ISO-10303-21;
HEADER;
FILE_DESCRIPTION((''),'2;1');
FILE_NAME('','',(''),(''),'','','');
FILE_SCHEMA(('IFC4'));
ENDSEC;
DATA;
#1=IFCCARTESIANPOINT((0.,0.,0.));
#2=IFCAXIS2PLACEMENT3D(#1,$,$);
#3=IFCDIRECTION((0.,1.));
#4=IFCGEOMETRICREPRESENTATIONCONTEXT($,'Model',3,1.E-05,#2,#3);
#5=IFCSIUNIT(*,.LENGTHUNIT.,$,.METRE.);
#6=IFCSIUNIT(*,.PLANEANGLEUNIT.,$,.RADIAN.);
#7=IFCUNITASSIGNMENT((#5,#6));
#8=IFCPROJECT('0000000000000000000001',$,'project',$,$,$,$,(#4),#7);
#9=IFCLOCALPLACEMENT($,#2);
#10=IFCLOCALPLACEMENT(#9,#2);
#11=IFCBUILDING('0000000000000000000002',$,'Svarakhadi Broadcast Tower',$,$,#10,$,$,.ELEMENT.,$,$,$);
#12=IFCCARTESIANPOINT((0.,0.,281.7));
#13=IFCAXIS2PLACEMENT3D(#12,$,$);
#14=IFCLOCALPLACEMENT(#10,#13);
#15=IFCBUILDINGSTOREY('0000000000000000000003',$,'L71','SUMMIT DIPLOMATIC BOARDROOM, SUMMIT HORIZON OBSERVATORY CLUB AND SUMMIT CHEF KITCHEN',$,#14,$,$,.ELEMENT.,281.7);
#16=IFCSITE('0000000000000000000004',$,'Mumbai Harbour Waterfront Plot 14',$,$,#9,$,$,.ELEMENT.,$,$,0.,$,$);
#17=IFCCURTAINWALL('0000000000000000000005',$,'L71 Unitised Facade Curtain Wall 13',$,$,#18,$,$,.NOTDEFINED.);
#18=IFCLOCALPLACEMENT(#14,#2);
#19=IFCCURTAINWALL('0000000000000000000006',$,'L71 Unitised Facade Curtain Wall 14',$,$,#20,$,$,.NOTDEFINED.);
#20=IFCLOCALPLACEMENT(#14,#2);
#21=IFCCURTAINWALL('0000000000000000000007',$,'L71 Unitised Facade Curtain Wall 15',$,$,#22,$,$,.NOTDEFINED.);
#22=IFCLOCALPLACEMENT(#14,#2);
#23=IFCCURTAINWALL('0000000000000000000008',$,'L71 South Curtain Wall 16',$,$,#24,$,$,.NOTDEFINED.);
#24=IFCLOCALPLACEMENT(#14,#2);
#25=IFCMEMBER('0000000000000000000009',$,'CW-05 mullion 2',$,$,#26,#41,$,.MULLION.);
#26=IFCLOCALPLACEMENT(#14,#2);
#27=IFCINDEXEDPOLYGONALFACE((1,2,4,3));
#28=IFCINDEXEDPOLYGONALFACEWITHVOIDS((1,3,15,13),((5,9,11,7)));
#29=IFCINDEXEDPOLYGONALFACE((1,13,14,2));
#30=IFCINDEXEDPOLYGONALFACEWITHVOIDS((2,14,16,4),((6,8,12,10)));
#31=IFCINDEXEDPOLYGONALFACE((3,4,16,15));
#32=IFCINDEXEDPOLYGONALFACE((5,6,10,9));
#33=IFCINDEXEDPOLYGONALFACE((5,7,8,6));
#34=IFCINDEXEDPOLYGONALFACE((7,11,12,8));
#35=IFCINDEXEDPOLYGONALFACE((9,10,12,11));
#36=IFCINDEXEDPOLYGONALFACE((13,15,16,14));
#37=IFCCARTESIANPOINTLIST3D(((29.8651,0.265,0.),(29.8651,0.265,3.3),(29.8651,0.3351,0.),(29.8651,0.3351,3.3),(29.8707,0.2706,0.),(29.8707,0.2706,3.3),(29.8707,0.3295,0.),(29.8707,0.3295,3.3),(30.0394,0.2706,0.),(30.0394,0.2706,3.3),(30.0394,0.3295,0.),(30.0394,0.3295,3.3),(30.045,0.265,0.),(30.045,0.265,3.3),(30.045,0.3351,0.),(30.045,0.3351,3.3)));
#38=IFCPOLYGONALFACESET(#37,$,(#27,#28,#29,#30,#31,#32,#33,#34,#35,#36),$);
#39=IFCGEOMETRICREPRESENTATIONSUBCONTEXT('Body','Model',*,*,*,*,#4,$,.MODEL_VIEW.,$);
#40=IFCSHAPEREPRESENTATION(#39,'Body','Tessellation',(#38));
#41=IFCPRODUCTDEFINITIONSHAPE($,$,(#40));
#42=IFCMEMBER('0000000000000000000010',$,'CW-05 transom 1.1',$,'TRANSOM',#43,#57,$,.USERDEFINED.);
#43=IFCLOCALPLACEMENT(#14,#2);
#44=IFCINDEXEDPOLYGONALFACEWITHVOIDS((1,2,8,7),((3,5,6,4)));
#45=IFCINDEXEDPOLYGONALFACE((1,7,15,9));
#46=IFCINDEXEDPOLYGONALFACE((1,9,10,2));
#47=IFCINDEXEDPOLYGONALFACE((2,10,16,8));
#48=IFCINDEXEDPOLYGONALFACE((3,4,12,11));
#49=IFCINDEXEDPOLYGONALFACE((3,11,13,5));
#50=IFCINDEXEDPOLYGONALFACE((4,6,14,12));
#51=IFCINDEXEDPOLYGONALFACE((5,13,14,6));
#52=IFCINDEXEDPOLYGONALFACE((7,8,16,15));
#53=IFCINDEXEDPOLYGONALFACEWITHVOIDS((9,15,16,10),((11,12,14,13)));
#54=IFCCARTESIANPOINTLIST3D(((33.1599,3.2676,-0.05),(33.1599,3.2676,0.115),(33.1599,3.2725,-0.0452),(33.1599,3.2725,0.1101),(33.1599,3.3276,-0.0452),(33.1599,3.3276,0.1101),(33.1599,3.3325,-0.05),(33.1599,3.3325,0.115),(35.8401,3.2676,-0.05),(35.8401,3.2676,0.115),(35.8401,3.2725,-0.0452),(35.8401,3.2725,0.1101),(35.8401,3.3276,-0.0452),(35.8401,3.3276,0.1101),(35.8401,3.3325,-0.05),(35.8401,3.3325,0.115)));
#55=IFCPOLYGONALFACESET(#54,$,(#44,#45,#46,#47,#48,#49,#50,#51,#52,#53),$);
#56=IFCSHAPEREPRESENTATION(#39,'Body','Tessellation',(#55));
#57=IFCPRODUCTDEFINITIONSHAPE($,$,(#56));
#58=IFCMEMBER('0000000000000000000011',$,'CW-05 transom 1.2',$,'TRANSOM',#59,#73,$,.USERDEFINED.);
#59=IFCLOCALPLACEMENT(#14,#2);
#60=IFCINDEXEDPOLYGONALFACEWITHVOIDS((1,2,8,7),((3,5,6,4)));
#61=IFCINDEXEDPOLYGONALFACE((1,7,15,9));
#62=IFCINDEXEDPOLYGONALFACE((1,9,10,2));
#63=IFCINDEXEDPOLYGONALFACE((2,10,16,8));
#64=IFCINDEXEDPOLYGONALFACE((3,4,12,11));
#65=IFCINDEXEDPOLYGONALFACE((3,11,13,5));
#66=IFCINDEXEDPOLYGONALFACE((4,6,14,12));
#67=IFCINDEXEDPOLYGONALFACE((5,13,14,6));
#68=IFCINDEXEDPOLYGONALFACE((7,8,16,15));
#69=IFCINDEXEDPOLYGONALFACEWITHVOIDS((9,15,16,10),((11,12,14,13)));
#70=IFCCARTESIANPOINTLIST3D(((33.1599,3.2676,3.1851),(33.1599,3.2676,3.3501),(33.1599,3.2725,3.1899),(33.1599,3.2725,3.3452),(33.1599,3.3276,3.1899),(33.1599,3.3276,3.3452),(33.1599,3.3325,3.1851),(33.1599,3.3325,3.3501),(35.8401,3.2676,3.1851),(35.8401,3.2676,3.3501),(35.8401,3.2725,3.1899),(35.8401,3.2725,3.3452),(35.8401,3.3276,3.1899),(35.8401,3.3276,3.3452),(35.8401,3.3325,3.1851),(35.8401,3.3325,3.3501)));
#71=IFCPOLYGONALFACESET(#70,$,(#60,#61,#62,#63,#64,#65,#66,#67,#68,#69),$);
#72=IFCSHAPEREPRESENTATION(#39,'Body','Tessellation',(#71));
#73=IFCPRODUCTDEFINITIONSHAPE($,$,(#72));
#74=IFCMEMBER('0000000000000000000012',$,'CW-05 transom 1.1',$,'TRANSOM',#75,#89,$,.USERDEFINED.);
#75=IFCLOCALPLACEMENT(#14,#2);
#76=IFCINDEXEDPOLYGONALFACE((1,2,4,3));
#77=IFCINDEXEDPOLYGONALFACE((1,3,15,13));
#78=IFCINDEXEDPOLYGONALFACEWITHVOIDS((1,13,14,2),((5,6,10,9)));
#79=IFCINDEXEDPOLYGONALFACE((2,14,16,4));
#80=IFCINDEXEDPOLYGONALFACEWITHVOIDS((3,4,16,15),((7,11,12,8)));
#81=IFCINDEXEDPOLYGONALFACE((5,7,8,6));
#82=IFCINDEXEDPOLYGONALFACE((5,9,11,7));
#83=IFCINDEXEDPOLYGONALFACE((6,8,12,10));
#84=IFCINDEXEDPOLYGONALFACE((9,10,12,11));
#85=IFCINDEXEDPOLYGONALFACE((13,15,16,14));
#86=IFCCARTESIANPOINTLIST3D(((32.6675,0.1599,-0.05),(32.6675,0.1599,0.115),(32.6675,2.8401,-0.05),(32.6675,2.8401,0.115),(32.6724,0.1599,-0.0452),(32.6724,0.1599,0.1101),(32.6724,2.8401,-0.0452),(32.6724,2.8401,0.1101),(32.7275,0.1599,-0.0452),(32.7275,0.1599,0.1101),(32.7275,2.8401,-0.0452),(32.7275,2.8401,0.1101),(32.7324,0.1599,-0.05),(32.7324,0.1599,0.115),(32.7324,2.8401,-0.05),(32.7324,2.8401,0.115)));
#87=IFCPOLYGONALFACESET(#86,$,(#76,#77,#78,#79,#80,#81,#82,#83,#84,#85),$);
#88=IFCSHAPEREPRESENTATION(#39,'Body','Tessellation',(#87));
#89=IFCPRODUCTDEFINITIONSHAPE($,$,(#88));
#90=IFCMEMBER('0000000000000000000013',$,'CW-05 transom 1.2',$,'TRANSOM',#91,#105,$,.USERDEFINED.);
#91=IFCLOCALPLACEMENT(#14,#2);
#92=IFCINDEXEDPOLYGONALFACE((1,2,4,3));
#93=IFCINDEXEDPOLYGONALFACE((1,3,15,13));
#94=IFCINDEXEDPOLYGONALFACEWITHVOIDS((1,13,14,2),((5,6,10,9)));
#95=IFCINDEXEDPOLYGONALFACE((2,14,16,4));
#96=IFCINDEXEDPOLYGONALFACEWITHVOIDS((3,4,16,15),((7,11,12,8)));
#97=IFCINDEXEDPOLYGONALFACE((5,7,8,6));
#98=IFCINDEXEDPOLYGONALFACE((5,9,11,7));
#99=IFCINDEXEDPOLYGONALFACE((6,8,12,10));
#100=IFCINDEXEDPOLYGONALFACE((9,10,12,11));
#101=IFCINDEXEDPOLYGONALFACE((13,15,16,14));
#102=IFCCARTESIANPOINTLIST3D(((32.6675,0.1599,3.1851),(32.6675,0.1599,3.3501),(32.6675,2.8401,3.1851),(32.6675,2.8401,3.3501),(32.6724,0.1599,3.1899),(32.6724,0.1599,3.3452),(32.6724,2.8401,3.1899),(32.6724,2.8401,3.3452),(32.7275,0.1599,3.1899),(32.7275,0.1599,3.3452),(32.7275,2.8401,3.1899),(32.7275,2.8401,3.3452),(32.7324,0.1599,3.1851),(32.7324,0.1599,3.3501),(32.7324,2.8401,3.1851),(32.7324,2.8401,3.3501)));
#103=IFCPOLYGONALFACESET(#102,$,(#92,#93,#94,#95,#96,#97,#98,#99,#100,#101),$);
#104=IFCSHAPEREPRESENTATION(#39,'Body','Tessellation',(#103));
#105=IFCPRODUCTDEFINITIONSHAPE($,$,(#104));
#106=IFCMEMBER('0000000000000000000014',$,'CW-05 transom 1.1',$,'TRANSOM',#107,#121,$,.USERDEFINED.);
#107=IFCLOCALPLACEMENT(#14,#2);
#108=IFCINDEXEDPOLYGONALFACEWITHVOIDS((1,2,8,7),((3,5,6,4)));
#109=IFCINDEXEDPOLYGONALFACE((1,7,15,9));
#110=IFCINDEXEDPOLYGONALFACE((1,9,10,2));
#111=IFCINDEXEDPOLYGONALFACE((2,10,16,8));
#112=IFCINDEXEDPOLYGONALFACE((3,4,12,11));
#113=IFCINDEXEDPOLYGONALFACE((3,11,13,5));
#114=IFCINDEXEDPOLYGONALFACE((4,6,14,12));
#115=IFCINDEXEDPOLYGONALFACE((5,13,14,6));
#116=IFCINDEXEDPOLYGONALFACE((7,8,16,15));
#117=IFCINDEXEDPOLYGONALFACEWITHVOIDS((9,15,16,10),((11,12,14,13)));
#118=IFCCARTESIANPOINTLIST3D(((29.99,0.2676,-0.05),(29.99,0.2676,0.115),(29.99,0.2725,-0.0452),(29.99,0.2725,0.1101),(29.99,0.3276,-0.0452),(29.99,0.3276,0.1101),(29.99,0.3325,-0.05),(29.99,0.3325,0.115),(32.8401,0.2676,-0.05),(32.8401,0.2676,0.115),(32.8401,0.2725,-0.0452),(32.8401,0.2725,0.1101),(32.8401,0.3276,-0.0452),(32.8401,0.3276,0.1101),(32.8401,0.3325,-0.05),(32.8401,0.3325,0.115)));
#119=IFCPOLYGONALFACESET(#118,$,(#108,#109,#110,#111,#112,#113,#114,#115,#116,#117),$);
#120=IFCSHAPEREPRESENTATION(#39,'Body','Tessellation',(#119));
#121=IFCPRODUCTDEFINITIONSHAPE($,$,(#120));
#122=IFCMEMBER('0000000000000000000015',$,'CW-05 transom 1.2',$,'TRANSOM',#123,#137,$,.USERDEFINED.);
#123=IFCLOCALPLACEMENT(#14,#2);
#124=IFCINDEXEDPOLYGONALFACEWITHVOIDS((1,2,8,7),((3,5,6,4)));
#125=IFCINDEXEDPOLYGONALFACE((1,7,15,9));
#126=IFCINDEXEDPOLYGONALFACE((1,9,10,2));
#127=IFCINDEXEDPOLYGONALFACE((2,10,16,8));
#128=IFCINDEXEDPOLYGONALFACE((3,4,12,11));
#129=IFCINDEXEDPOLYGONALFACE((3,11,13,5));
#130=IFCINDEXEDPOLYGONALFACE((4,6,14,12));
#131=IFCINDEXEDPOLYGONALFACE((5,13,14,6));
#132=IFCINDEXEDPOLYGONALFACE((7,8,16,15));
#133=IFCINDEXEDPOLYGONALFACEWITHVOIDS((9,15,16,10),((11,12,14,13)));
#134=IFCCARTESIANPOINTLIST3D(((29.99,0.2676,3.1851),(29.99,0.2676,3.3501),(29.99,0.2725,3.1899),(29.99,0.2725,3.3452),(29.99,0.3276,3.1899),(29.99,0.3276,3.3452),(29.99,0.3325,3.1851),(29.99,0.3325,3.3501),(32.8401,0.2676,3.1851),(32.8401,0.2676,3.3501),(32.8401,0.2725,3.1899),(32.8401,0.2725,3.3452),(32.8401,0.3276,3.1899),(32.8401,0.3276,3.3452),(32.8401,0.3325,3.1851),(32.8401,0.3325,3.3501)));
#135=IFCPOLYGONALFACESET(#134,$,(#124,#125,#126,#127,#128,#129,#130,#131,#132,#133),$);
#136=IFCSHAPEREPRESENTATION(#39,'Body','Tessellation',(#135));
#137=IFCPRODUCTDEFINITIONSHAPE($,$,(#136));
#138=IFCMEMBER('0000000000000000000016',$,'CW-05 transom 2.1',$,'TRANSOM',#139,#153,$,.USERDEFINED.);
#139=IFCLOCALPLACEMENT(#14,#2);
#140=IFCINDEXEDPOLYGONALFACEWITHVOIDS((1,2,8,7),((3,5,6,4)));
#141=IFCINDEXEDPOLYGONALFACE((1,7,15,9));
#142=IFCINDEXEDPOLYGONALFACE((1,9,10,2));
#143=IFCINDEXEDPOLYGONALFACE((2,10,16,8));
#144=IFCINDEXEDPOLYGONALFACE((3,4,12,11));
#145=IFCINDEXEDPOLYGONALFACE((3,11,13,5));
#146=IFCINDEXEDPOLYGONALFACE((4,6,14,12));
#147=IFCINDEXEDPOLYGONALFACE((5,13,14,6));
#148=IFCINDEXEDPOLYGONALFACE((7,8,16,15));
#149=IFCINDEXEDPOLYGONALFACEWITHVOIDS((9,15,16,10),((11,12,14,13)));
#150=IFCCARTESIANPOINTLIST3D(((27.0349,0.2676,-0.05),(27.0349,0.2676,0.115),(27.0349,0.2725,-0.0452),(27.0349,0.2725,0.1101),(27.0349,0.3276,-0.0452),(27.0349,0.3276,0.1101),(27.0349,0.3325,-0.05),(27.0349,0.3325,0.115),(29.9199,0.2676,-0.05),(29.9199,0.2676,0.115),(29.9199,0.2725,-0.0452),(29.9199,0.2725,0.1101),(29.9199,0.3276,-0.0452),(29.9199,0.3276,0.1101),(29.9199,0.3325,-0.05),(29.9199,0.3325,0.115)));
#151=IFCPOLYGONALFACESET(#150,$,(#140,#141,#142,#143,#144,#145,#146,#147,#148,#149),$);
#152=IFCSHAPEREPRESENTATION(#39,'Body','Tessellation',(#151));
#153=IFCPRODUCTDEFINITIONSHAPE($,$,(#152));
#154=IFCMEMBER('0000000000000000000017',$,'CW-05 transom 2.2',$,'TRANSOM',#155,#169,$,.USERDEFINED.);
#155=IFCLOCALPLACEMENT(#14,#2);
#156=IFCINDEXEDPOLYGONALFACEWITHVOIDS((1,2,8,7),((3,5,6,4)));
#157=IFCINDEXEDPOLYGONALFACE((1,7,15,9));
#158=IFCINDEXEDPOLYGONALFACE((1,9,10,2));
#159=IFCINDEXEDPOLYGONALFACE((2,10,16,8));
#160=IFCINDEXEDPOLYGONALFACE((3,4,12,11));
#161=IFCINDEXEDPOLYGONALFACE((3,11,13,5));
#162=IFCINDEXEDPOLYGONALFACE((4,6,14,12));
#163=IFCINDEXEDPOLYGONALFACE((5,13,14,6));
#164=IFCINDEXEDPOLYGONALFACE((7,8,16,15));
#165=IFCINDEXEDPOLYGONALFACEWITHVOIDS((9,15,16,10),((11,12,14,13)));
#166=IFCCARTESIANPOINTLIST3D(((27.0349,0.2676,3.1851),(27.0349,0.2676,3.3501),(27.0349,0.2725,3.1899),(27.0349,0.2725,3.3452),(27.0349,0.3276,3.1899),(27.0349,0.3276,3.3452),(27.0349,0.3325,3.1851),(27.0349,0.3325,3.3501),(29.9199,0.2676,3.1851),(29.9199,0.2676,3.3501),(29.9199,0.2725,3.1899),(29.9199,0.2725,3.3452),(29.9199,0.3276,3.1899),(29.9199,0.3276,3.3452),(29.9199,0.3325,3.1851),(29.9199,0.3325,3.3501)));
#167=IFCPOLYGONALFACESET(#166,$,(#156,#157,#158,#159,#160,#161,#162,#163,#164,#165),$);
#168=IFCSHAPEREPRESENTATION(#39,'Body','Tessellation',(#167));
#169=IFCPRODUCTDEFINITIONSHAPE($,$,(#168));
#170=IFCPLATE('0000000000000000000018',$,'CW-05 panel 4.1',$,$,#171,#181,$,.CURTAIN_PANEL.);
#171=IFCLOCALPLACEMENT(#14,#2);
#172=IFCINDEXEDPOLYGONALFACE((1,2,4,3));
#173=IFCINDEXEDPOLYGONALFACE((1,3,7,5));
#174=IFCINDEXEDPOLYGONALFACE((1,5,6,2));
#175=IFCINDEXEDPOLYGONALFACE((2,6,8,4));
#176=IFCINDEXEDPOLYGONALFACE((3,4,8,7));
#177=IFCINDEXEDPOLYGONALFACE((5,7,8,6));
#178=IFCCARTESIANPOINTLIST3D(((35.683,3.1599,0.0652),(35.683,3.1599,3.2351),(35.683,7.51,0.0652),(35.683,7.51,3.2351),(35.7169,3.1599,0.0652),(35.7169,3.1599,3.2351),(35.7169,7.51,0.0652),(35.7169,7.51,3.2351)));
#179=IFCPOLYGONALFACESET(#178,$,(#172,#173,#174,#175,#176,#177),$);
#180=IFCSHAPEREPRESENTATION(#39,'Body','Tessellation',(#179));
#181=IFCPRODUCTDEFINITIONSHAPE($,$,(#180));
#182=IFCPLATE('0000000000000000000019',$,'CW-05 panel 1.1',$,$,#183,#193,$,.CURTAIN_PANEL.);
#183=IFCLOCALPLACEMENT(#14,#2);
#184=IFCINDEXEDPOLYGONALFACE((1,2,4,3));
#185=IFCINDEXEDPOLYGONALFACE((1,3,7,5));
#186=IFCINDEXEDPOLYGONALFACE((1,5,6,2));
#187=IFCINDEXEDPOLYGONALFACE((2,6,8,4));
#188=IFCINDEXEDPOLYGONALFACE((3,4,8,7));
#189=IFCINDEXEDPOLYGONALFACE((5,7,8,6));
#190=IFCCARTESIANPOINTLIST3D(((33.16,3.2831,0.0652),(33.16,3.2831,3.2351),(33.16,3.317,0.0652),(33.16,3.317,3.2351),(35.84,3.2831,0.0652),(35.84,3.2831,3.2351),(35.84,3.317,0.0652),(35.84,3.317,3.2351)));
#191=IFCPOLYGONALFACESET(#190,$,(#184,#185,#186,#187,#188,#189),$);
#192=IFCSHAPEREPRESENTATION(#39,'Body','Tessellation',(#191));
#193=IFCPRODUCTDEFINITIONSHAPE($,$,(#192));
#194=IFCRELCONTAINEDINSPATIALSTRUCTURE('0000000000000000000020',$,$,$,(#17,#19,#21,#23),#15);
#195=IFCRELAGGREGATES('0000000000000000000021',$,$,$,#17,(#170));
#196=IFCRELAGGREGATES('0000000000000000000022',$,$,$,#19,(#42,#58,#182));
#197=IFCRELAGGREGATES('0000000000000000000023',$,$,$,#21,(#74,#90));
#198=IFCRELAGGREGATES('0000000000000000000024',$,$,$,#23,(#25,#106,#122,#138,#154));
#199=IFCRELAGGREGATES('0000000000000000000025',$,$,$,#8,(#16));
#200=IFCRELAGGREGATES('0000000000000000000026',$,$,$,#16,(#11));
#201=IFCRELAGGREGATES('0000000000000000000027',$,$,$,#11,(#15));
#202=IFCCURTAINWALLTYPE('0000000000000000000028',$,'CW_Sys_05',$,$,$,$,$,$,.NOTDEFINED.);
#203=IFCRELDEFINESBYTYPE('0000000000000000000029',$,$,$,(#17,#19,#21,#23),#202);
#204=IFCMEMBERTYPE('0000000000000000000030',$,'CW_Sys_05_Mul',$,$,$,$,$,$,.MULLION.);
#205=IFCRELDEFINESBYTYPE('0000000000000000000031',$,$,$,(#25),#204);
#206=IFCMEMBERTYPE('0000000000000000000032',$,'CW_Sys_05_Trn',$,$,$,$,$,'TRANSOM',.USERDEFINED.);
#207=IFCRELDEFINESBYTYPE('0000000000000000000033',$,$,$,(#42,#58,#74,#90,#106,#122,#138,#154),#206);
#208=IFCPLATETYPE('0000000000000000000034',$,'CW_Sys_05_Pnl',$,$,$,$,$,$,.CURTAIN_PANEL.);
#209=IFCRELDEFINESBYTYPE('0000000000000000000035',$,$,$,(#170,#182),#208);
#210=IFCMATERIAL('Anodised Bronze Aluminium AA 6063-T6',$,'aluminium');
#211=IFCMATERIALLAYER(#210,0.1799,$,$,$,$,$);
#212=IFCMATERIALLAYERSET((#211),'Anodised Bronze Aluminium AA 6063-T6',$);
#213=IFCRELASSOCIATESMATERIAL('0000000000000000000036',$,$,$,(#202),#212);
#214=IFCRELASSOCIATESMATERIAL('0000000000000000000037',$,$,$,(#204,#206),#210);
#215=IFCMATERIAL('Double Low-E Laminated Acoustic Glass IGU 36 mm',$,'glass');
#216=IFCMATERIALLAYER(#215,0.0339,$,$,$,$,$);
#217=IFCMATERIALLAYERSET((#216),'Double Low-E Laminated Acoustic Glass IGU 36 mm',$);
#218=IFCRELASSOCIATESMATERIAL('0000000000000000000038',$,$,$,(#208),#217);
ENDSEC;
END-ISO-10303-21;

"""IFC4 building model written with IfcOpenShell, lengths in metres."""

from ifc_helpers import new_model, si_unit, direction, frame, origin, origin_2d, place, context, subcontext, project, spatial, rectangle, hollow_rectangle, extrude, material, layer, layer_set, material_profile, profile_set, type_object, element, aggregate, save


model = new_model("IFC4")

# Units and contexts
model_context = context("Model", 3, precision=1e-05, world=origin(), true_north=direction((0.0, 1.0)))
body_context = subcontext(model_context, "Body", "Model", "MODEL_VIEW")
ifc_project = project(units=[si_unit("LENGTHUNIT", "METRE"), si_unit("PLANEANGLEUNIT", "RADIAN")], contexts=[model_context])

# Site, building, storey
site_placement = place(None, origin())
site = spatial("IfcSite", under=ifc_project, at=site_placement, Name="Mumbai Harbour Waterfront Plot 14", CompositionType="ELEMENT", RefElevation=0.0)
building_placement = place(site_placement, origin())
building = spatial("IfcBuilding", under=site, at=building_placement, Name="Svarakhadi Broadcast Tower", CompositionType="ELEMENT")
storey_placement = place(building_placement, frame((0.0, 0.0, 281.7)))
storey = spatial("IfcBuildingStorey", under=building, at=storey_placement, Name="L71", Description="SUMMIT DIPLOMATIC BOARDROOM, SUMMIT HORIZON OBSERVATORY CLUB AND SUMMIT CHEF KITCHEN", CompositionType="ELEMENT", Elevation=281.7)

# Curtain wall
ifc_material_1 = material(Name="Anodised Bronze Aluminium AA 6063-T6", Category="aluminium")
ifc_layer_1 = layer(ifc_material_1, 0.1799)
ifc_layer_set_1 = layer_set([ifc_layer_1], Name="Anodised Bronze Aluminium AA 6063-T6")
curtain_wall_type = type_object("IfcCurtainWallType", Name="CW_Sys_05", PredefinedType="NOTDEFINED", material=ifc_layer_set_1)
curtain_wall_1_placement = place(storey_placement, origin())
curtain_wall_1 = element("IfcCurtainWall", 1, at=curtain_wall_1_placement, inside=storey, type_object=curtain_wall_type, Name="L71 Unitised Facade Curtain Wall 13", PredefinedType="NOTDEFINED")
ifc_material_profile_1 = material_profile(ifc_material_1, hollow_rectangle(XDim=0.0701, YDim=0.1799, WallThickness=0.0056, at=origin_2d()), Name="ALU MULLION 180x70x6")
ifc_profile_set_1 = profile_set([ifc_material_profile_1], Name="Anodised Bronze Aluminium AA 6063-T6")
member_type_1 = type_object("IfcMemberType", Name="CW_Sys_05_Mul", PredefinedType="MULLION", material=ifc_profile_set_1)

# Curtain walls, member
curtain_wall_2_placement = place(storey_placement, origin())
curtain_wall_2 = element("IfcCurtainWall", 2, at=curtain_wall_2_placement, inside=storey, type_object=curtain_wall_type, Name="L71 Unitised Facade Curtain Wall 14", PredefinedType="NOTDEFINED")
curtain_wall_3_placement = place(storey_placement, origin())
curtain_wall_3 = element("IfcCurtainWall", 3, at=curtain_wall_3_placement, inside=storey, type_object=curtain_wall_type, Name="L71 Unitised Facade Curtain Wall 15", PredefinedType="NOTDEFINED")
curtain_wall_4_placement = place(storey_placement, origin())
curtain_wall_4 = element("IfcCurtainWall", 4, at=curtain_wall_4_placement, inside=storey, type_object=curtain_wall_type, Name="L71 South Curtain Wall 16", PredefinedType="NOTDEFINED")
member_1_placement = place(storey_placement, frame((29.9551, 0.3, 0.0), z_axis=(0.0, 0.0, 1.0), x_axis=(0.0, -1.0, 0.0)))
member_1 = element("IfcMember", 5, at=member_1_placement, type_object=member_type_1, Name="CW-05 mullion 2", PredefinedType="MULLION", context=body_context, shape_type="SweptSolid", body=[
    extrude(hollow_rectangle(XDim=0.0701, YDim=0.1799, WallThickness=0.0056, at=origin_2d()), origin(), (0.0, 0.0, 1.0), 3.3),
])

# Members
ifc_material_profile_2 = material_profile(ifc_material_1, hollow_rectangle(XDim=0.0649, YDim=0.165, WallThickness=0.0049, at=origin_2d()), Name="ALU TRANSOM 165x65x5")
ifc_profile_set_2 = profile_set([ifc_material_profile_2], Name="Anodised Bronze Aluminium AA 6063-T6")
member_type_2 = type_object("IfcMemberType", Name="CW_Sys_05_Trn", ElementType="TRANSOM", PredefinedType="USERDEFINED", material=ifc_profile_set_2)
member_2_placement = place(storey_placement, frame((35.8401, 3.3, 0.0325), z_axis=(-1.0, 0.0, 0.0), x_axis=(0.0, -1.0, 0.0)))
member_2 = element("IfcMember", 6, at=member_2_placement, type_object=member_type_2, Name="CW-05 transom 1.1", ObjectType="TRANSOM", PredefinedType="USERDEFINED", context=body_context, shape_type="SweptSolid", body=[
    extrude(hollow_rectangle(XDim=0.0649, YDim=0.165, WallThickness=0.0049, at=origin_2d()), origin(), (0.0, 0.0, 1.0), 2.6802),
])
member_3_placement = place(storey_placement, frame((35.8401, 3.3, 3.2676), z_axis=(-1.0, 0.0, 0.0), x_axis=(0.0, -1.0, 0.0)))
member_3 = element("IfcMember", 7, at=member_3_placement, type_object=member_type_2, Name="CW-05 transom 1.2", ObjectType="TRANSOM", PredefinedType="USERDEFINED", context=body_context, shape_type="SweptSolid", body=[
    extrude(hollow_rectangle(XDim=0.0649, YDim=0.165, WallThickness=0.0049, at=origin_2d()), origin(), (0.0, 0.0, 1.0), 2.6802),
])
member_4_placement = place(storey_placement, frame((32.7, 2.8401, 0.0325), z_axis=(0.0, -1.0, 0.0), x_axis=(1.0, 0.0, 0.0)))
member_4 = element("IfcMember", 8, at=member_4_placement, type_object=member_type_2, Name="CW-05 transom 1.1", ObjectType="TRANSOM", PredefinedType="USERDEFINED", context=body_context, shape_type="SweptSolid", body=[
    extrude(hollow_rectangle(XDim=0.0649, YDim=0.165, WallThickness=0.0049, at=origin_2d()), origin(), (0.0, 0.0, 1.0), 2.6802),
])
member_5_placement = place(storey_placement, frame((32.7, 2.8401, 3.2676), z_axis=(0.0, -1.0, 0.0), x_axis=(1.0, 0.0, 0.0)))
member_5 = element("IfcMember", 9, at=member_5_placement, type_object=member_type_2, Name="CW-05 transom 1.2", ObjectType="TRANSOM", PredefinedType="USERDEFINED", context=body_context, shape_type="SweptSolid", body=[
    extrude(hollow_rectangle(XDim=0.0649, YDim=0.165, WallThickness=0.0049, at=origin_2d()), origin(), (0.0, 0.0, 1.0), 2.6802),
])
member_6_placement = place(storey_placement, frame((32.8401, 0.3, 0.0325), z_axis=(-1.0, 0.0, 0.0), x_axis=(0.0, -1.0, 0.0)))
member_6 = element("IfcMember", 10, at=member_6_placement, type_object=member_type_2, Name="CW-05 transom 1.1", ObjectType="TRANSOM", PredefinedType="USERDEFINED", context=body_context, shape_type="SweptSolid", body=[
    extrude(hollow_rectangle(XDim=0.0649, YDim=0.165, WallThickness=0.0049, at=origin_2d()), origin(), (0.0, 0.0, 1.0), 2.8501),
])
member_7_placement = place(storey_placement, frame((32.8401, 0.3, 3.2676), z_axis=(-1.0, 0.0, 0.0), x_axis=(0.0, -1.0, 0.0)))
member_7 = element("IfcMember", 11, at=member_7_placement, type_object=member_type_2, Name="CW-05 transom 1.2", ObjectType="TRANSOM", PredefinedType="USERDEFINED", context=body_context, shape_type="SweptSolid", body=[
    extrude(hollow_rectangle(XDim=0.0649, YDim=0.165, WallThickness=0.0049, at=origin_2d()), origin(), (0.0, 0.0, 1.0), 2.8501),
])
member_8_placement = place(storey_placement, frame((29.9199, 0.3, 0.0325), z_axis=(-1.0, 0.0, 0.0), x_axis=(0.0, -1.0, 0.0)))
member_8 = element("IfcMember", 12, at=member_8_placement, type_object=member_type_2, Name="CW-05 transom 2.1", ObjectType="TRANSOM", PredefinedType="USERDEFINED", context=body_context, shape_type="SweptSolid", body=[
    extrude(hollow_rectangle(XDim=0.0649, YDim=0.165, WallThickness=0.0049, at=origin_2d()), origin(), (0.0, 0.0, 1.0), 2.885),
])
member_9_placement = place(storey_placement, frame((29.9199, 0.3, 3.2676), z_axis=(-1.0, 0.0, 0.0), x_axis=(0.0, -1.0, 0.0)))
member_9 = element("IfcMember", 13, at=member_9_placement, type_object=member_type_2, Name="CW-05 transom 2.2", ObjectType="TRANSOM", PredefinedType="USERDEFINED", context=body_context, shape_type="SweptSolid", body=[
    extrude(hollow_rectangle(XDim=0.0649, YDim=0.165, WallThickness=0.0049, at=origin_2d()), origin(), (0.0, 0.0, 1.0), 2.885),
])

# Plates
ifc_material_2 = material(Name="Double Low-E Laminated Acoustic Glass IGU 36 mm", Category="glass")
ifc_layer_2 = layer(ifc_material_2, 0.0339)
ifc_layer_set_2 = layer_set([ifc_layer_2], Name="Double Low-E Laminated Acoustic Glass IGU 36 mm")
plate_type = type_object("IfcPlateType", Name="CW_Sys_05_Pnl", PredefinedType="CURTAIN_PANEL", material=ifc_layer_set_2)
plate_1_placement = place(storey_placement, frame((35.7, 5.335, 0.0652), z_axis=(0.0, 0.0, 1.0), x_axis=(0.0, -1.0, 0.0)))
plate_1 = element("IfcPlate", 14, at=plate_1_placement, type_object=plate_type, Name="CW-05 panel 4.1", PredefinedType="CURTAIN_PANEL", context=body_context, shape_type="SweptSolid", body=[
    extrude(rectangle(XDim=4.3501, YDim=0.0339, at=origin_2d()), origin(), (0.0, 0.0, 1.0), 3.1699),
])
aggregate(curtain_wall_1, [plate_1])
plate_2_placement = place(storey_placement, frame((34.5, 3.3, 0.0652), z_axis=(0.0, 0.0, 1.0), x_axis=(-1.0, 0.0, 0.0)))
plate_2 = element("IfcPlate", 15, at=plate_2_placement, type_object=plate_type, Name="CW-05 panel 1.1", PredefinedType="CURTAIN_PANEL", context=body_context, shape_type="SweptSolid", body=[
    extrude(rectangle(XDim=2.6799, YDim=0.0339, at=origin_2d()), origin(), (0.0, 0.0, 1.0), 3.1699),
])
aggregate(curtain_wall_2, [member_2, member_3, plate_2])
aggregate(curtain_wall_3, [member_4, member_5])
aggregate(curtain_wall_4, [member_1, member_6, member_7, member_8, member_9])

save(model, "model.ifc")
